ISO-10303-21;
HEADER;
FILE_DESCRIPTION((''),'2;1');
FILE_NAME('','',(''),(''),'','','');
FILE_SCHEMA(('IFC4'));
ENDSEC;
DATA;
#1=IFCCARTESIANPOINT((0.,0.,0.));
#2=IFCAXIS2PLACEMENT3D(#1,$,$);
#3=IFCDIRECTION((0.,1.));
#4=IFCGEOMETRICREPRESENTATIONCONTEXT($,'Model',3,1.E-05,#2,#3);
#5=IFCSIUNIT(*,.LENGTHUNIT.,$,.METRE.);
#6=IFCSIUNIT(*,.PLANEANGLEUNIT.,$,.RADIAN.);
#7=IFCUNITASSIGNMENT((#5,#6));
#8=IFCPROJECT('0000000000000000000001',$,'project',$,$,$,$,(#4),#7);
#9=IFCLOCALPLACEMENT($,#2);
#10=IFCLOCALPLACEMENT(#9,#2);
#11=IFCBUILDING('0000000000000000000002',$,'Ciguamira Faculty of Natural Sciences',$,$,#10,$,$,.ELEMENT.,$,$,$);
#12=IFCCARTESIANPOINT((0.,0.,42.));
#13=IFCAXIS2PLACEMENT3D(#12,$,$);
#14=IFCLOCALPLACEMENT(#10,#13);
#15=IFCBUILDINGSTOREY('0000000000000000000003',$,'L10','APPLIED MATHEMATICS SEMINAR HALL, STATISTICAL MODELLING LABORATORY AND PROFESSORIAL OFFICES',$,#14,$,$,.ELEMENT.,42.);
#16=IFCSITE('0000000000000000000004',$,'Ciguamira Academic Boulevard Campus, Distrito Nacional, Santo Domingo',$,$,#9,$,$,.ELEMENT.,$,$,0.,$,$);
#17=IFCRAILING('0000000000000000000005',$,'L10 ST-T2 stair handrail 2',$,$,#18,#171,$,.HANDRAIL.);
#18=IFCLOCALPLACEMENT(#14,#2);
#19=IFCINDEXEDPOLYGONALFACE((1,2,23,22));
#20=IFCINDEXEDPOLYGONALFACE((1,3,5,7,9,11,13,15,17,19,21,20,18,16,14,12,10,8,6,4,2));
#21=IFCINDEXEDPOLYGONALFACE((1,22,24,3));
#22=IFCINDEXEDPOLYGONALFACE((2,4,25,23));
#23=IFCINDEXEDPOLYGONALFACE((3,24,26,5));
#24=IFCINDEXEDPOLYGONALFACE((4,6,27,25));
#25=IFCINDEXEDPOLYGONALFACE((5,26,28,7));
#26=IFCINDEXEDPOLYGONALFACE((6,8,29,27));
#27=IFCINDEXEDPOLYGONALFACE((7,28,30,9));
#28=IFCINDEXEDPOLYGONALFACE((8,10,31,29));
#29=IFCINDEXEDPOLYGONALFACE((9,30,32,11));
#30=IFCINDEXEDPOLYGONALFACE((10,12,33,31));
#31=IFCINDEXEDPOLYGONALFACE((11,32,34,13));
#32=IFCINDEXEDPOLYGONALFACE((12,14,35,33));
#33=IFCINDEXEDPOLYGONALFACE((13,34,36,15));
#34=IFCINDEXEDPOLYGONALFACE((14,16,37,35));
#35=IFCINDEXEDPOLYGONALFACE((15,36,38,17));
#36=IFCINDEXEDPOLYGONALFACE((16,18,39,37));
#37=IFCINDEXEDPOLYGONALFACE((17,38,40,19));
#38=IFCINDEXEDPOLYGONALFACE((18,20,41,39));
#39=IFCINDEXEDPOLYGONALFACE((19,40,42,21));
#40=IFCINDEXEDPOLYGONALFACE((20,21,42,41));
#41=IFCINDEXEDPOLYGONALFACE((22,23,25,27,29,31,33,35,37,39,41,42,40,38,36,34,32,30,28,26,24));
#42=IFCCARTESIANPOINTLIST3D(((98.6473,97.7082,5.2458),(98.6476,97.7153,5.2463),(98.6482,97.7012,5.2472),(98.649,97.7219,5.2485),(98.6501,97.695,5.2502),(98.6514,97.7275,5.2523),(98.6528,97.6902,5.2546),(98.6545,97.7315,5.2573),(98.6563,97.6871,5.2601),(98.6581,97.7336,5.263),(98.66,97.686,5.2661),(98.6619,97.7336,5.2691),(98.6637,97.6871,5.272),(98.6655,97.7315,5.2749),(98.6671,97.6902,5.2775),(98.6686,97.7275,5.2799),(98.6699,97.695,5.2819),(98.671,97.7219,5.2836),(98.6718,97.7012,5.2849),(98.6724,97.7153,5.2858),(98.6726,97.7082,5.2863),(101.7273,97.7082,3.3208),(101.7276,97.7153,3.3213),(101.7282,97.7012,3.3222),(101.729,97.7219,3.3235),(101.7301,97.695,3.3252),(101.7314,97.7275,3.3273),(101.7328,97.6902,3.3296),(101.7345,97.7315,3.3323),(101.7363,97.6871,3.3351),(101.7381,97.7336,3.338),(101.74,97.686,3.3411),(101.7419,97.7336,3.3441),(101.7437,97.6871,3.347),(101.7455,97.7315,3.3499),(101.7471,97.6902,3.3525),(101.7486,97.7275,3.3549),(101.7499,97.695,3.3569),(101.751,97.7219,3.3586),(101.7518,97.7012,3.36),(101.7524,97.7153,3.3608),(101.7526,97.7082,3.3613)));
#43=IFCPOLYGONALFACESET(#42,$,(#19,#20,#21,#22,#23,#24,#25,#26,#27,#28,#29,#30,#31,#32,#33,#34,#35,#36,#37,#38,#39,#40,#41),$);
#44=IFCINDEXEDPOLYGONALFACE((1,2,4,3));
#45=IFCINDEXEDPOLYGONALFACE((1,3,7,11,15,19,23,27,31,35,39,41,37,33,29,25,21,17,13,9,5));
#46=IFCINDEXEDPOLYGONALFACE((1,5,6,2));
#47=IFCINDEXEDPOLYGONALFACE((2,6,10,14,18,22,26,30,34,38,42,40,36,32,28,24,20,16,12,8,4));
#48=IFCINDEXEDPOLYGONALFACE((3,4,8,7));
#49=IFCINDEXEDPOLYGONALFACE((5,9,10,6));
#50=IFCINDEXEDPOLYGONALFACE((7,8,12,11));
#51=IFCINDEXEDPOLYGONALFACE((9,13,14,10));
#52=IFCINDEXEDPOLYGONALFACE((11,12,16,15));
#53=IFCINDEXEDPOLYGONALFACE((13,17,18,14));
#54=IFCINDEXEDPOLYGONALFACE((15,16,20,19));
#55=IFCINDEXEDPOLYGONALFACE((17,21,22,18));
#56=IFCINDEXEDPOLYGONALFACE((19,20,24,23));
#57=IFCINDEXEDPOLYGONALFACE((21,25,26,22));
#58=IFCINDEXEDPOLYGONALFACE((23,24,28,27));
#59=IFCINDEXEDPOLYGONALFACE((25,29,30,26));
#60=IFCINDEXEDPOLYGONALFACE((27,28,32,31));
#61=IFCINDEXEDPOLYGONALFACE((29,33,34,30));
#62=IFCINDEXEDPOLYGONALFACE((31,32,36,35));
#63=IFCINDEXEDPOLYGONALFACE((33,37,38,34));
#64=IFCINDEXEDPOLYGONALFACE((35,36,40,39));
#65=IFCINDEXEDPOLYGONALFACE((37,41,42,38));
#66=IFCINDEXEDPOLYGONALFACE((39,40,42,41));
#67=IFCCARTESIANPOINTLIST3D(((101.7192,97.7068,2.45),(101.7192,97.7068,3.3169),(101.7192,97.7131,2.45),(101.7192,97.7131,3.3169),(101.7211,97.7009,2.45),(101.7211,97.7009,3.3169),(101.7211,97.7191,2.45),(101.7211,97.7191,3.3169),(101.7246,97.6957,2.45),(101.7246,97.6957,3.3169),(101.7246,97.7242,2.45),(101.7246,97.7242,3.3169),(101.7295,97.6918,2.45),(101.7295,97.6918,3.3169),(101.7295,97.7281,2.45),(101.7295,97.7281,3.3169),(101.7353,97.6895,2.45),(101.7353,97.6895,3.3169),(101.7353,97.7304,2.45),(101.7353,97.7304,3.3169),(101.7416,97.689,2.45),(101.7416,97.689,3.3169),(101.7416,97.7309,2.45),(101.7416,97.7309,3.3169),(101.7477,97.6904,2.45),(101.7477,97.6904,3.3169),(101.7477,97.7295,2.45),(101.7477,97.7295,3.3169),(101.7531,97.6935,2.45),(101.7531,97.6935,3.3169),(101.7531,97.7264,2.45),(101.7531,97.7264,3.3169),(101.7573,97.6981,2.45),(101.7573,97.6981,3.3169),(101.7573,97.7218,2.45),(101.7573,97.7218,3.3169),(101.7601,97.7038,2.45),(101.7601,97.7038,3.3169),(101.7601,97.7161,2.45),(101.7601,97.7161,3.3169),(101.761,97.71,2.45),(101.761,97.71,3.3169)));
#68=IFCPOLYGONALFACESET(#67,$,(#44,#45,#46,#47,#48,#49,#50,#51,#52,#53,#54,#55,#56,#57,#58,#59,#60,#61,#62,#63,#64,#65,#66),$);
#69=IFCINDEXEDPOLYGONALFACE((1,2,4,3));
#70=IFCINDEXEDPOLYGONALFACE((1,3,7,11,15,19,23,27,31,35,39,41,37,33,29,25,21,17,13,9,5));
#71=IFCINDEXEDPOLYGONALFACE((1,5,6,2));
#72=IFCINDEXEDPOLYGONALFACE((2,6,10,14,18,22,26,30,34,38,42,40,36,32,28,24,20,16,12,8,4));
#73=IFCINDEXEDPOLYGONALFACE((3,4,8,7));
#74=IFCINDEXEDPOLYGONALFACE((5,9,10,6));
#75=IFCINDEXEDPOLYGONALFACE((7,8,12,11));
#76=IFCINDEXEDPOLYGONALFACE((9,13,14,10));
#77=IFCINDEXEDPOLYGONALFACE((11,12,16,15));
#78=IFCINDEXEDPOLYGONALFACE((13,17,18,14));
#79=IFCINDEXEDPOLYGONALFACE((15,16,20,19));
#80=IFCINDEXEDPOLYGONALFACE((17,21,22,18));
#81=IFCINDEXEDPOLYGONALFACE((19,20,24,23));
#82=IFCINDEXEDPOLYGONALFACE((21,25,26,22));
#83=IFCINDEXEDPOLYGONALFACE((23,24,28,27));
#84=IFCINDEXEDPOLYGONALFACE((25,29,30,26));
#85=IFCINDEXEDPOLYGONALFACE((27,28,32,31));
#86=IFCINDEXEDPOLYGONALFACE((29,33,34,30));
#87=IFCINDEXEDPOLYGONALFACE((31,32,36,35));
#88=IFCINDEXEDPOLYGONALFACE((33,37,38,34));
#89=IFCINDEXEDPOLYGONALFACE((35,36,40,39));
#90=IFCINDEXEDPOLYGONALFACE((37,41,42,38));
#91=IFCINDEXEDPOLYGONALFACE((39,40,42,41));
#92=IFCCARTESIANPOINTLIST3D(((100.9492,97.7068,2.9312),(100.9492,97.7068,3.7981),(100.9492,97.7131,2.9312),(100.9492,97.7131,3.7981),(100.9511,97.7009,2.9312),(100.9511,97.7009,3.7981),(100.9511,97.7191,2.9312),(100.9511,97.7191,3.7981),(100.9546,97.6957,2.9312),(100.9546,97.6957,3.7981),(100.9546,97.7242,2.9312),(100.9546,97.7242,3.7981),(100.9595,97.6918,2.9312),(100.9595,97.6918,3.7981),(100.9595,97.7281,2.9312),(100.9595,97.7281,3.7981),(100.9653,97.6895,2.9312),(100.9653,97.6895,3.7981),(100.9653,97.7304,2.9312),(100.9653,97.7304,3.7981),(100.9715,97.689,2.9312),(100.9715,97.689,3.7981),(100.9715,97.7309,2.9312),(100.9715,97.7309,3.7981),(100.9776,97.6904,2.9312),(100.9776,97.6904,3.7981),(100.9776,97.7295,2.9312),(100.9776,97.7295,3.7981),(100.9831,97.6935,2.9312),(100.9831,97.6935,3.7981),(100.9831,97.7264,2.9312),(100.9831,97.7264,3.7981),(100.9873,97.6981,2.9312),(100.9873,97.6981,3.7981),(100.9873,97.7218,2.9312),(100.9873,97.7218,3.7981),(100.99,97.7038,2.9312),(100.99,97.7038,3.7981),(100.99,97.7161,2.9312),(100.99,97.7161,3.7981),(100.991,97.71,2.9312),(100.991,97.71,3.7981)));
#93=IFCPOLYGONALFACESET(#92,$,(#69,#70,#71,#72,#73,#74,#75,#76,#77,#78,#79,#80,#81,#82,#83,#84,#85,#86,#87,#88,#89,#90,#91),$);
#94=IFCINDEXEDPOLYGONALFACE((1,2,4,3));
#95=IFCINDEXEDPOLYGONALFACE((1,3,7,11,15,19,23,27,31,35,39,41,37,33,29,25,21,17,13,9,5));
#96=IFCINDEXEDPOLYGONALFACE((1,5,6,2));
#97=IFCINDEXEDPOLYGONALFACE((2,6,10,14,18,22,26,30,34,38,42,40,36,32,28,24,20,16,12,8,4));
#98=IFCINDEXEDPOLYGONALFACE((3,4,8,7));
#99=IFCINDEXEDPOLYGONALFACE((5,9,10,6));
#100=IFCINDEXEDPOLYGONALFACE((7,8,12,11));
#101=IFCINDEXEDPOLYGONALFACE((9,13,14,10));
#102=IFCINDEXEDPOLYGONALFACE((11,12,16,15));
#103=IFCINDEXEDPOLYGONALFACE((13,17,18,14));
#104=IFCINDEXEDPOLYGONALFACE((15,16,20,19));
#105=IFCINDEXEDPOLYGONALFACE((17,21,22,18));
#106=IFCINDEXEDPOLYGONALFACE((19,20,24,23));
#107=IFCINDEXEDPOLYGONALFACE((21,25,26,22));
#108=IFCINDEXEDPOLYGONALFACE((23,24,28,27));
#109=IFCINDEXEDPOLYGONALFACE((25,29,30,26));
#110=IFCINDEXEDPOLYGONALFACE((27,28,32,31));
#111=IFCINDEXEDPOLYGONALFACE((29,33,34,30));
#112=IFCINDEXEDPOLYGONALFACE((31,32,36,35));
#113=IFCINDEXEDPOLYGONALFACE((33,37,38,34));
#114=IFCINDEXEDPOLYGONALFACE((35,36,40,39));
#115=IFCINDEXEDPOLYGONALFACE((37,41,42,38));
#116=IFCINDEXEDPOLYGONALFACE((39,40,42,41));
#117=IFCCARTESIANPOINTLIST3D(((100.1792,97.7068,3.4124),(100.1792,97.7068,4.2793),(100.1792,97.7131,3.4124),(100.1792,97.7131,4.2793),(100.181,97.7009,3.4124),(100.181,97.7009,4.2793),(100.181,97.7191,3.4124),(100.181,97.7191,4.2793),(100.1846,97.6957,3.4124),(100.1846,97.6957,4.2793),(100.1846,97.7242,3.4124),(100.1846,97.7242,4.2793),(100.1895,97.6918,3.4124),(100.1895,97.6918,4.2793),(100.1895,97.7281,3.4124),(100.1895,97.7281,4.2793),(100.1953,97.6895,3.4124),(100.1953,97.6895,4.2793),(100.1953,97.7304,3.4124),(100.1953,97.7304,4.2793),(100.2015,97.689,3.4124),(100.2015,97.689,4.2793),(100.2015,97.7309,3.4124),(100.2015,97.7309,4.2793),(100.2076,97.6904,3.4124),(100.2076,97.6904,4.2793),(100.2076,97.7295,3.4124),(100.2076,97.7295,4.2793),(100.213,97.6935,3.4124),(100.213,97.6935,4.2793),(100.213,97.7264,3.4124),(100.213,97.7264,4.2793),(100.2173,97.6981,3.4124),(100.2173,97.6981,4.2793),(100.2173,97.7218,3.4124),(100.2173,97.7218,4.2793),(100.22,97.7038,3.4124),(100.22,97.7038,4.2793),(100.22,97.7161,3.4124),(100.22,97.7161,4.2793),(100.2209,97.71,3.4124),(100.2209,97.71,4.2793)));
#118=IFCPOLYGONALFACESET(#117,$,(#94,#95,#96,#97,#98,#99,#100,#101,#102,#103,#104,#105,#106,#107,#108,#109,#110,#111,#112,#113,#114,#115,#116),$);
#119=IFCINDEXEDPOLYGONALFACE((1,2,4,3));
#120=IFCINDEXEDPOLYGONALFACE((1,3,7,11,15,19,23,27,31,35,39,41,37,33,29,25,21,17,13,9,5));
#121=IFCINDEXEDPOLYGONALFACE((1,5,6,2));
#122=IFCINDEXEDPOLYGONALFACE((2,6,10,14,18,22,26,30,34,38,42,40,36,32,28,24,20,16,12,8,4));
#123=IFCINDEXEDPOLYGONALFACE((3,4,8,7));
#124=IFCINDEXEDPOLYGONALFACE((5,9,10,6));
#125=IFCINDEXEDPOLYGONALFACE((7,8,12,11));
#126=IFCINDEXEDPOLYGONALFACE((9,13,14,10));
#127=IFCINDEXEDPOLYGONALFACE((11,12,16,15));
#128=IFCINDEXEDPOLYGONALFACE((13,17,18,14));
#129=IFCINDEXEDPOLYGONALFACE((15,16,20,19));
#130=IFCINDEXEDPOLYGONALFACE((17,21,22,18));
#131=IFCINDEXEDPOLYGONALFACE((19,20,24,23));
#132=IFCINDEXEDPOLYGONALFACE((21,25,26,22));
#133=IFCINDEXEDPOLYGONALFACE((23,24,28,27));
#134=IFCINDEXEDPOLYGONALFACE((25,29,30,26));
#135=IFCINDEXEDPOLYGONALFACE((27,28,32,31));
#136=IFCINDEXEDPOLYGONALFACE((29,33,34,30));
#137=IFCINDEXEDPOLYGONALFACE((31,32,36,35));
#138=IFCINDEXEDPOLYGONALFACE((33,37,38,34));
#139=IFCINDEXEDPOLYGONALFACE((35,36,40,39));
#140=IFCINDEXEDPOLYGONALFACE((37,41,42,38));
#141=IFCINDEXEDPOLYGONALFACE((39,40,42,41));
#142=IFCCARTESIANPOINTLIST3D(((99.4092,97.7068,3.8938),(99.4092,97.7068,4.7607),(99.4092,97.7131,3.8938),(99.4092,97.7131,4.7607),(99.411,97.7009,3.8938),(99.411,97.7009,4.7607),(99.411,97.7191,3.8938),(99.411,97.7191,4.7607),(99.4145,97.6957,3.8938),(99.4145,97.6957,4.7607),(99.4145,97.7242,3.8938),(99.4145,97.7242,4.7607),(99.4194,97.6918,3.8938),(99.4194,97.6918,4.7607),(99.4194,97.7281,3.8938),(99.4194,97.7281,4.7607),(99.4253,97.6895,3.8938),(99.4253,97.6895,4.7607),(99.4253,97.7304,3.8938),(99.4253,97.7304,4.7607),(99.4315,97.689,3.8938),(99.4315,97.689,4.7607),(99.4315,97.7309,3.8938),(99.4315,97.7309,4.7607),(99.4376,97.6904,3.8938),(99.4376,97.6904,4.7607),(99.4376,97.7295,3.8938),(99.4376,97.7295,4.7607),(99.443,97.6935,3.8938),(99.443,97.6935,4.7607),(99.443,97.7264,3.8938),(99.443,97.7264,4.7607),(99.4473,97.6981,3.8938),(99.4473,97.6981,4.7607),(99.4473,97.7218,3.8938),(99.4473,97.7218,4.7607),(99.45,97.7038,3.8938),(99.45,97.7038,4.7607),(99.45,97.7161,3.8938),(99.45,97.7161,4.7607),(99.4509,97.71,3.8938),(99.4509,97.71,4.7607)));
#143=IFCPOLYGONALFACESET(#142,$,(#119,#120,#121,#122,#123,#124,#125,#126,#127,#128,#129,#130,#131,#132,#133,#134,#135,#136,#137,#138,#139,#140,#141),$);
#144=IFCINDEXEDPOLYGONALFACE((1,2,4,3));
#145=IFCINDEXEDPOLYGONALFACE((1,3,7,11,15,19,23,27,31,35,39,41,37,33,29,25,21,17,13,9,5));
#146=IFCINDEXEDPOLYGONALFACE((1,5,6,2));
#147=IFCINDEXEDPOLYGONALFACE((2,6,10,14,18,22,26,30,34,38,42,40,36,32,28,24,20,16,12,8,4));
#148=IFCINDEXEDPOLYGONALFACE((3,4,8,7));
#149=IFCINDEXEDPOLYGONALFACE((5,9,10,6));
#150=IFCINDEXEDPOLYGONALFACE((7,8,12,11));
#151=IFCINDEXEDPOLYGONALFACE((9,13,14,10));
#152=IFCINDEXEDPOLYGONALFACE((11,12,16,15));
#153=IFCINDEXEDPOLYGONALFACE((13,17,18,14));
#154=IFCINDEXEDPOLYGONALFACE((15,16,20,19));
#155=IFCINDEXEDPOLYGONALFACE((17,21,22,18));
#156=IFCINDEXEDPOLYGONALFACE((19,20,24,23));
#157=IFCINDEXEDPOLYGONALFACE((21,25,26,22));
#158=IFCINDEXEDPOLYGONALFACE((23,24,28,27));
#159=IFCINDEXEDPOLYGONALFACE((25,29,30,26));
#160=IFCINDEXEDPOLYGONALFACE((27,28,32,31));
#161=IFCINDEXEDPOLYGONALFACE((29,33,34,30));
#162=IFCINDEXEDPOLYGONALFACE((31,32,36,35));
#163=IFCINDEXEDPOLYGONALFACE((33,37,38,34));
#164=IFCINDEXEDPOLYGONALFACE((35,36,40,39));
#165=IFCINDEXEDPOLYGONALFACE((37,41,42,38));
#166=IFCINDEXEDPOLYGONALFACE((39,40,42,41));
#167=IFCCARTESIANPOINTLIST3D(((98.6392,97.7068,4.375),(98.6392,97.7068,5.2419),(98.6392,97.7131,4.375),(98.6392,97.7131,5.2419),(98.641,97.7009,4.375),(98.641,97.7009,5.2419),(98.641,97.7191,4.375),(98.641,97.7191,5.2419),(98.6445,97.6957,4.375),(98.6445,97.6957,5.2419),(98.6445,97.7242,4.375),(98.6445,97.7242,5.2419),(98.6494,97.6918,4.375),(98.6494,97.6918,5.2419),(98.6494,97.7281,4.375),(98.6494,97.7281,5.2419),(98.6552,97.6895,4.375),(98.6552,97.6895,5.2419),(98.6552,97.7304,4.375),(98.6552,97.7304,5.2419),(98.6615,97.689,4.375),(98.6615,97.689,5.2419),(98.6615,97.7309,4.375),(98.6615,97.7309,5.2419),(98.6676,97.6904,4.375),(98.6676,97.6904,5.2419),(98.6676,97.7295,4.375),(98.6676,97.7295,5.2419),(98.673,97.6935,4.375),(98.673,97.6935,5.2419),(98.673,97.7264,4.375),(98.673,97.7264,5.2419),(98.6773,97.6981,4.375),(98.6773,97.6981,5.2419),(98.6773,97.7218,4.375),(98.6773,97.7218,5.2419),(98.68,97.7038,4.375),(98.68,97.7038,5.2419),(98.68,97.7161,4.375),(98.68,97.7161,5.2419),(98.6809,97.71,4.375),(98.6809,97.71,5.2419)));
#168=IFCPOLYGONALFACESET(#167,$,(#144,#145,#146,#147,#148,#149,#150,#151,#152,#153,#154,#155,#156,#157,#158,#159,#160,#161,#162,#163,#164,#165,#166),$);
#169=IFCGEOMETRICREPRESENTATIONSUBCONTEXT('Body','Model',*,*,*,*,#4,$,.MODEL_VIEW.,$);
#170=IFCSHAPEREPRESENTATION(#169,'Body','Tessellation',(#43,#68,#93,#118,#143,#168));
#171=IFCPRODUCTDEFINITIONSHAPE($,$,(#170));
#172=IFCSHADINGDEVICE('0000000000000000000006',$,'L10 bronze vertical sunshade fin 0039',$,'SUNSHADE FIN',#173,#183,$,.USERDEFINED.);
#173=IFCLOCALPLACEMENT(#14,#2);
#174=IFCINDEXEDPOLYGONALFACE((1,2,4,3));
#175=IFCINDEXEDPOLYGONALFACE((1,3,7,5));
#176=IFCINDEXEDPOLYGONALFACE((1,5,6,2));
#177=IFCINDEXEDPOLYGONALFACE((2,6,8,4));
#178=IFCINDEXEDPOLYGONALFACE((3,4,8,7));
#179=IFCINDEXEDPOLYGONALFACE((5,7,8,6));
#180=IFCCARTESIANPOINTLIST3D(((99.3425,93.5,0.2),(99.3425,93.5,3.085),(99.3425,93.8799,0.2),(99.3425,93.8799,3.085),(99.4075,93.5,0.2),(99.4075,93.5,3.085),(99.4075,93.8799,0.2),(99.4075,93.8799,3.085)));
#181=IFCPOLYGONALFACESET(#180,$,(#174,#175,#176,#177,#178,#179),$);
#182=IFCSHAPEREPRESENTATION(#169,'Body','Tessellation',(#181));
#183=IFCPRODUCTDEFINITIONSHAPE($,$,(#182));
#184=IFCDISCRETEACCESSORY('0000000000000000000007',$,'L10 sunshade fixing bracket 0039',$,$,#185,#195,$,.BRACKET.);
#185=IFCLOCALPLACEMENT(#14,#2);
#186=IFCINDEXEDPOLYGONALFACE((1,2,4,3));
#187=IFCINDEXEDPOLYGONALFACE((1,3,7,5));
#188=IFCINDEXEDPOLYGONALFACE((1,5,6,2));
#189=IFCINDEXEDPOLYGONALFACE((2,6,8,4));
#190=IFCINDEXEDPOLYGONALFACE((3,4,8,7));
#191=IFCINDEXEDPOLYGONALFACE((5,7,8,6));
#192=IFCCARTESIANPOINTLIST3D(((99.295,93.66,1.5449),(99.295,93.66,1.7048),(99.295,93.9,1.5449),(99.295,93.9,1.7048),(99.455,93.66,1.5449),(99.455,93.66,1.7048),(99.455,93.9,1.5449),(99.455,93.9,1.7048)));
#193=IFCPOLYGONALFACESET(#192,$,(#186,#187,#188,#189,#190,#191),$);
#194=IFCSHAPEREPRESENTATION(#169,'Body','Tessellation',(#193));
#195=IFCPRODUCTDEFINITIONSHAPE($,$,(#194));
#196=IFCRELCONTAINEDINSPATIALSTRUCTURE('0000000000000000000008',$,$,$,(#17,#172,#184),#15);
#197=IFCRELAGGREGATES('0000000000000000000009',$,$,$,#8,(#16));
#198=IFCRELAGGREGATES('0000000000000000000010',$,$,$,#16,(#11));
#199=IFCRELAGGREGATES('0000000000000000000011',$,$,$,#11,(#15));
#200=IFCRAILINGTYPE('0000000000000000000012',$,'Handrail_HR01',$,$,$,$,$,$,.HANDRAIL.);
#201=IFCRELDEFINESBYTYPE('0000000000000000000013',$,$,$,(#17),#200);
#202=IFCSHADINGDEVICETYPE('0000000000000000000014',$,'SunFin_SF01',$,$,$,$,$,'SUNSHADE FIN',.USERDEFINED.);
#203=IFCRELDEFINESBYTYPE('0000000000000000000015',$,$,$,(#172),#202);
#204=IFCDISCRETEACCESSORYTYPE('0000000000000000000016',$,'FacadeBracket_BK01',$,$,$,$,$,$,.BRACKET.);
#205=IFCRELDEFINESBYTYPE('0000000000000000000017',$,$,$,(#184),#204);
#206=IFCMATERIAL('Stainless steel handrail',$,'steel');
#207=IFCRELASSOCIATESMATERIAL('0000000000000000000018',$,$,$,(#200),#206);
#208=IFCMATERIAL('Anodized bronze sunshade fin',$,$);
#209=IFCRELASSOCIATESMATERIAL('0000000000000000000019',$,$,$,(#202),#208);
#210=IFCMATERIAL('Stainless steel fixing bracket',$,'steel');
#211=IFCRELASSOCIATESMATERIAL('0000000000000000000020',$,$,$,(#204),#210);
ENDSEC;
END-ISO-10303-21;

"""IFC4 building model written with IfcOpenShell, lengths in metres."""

from ifc_helpers import new_model, si_unit, direction, frame, origin, origin_2d, place, context, subcontext, project, spatial, rectangle, circle, extrude, material, material_profile, profile_set, type_object, element, save


model = new_model("IFC4")

# Units and contexts
model_context = context("Model", 3, precision=1e-05, world=origin(), true_north=direction((0.0, 1.0)))
body_context = subcontext(model_context, "Body", "Model", "MODEL_VIEW")
ifc_project = project(units=[si_unit("LENGTHUNIT", "METRE"), si_unit("PLANEANGLEUNIT", "RADIAN")], contexts=[model_context])

# Site, building, storey
site_placement = place(None, origin())
site = spatial("IfcSite", under=ifc_project, at=site_placement, Name="Ciguamira Academic Boulevard Campus, Distrito Nacional, Santo Domingo", CompositionType="ELEMENT", RefElevation=0.0)
building_placement = place(site_placement, origin())
building = spatial("IfcBuilding", under=site, at=building_placement, Name="Ciguamira Faculty of Natural Sciences", CompositionType="ELEMENT")
storey_placement = place(building_placement, frame((0.0, 0.0, 42.0)))
storey = spatial("IfcBuildingStorey", under=building, at=storey_placement, Name="L10", Description="APPLIED MATHEMATICS SEMINAR HALL, STATISTICAL MODELLING LABORATORY AND PROFESSORIAL OFFICES", CompositionType="ELEMENT", Elevation=42.0)

# Railing
ifc_material_1 = material(Name="Stainless steel handrail", Category="steel")
railing_type_1 = type_object("IfcRailingType", Name="Handrail_HR01", PredefinedType="HANDRAIL", material=ifc_material_1)
railing_1_placement = place(storey_placement, frame((101.74, 97.71, 2.45)))
element("IfcRailing", 1, at=railing_1_placement, inside=storey, type_object=railing_type_1, Name="L10 ST-T2 stair handrail 2", PredefinedType="HANDRAIL", context=body_context, shape_type="SweptSolid", body=[
    extrude(circle(Radius=0.0239, at=origin_2d()), frame((0.0, 0.0, 0.8911), z_axis=(-0.847998, 0.0, 0.529999), x_axis=(0.0, -1.0, 0.0)), (0.0, 0.0, 1.0), 3.6321),
    extrude(circle(Radius=0.021, at=origin_2d()), origin(), (0.0, 0.0, 1.0), 0.8669),
    extrude(circle(Radius=0.021, at=origin_2d()), frame((-0.77, 0.0, 0.4812)), (0.0, 0.0, 1.0), 0.8669),
    extrude(circle(Radius=0.021, at=origin_2d()), frame((-1.54, 0.0, 0.9624)), (0.0, 0.0, 1.0), 0.8669),
    extrude(circle(Radius=0.021, at=origin_2d()), frame((-2.3101, 0.0, 1.4438)), (0.0, 0.0, 1.0), 0.8669),
    extrude(circle(Radius=0.021, at=origin_2d()), frame((-3.0801, 0.0, 1.925)), (0.0, 0.0, 1.0), 0.8669),
])

# Shading device
ifc_material_2 = material(Name="Anodized bronze sunshade fin")
ifc_material_profile_1 = material_profile(ifc_material_2, rectangle(XDim=0.0649, YDim=0.3799, at=origin_2d()), Name="BRZ-FIN-65X380")
ifc_profile_set_1 = profile_set([ifc_material_profile_1], Name="Anodized bronze sunshade fin")
shading_device_type = type_object("IfcShadingDeviceType", Name="SunFin_SF01", ElementType="SUNSHADE FIN", PredefinedType="USERDEFINED", material=ifc_profile_set_1)
shading_device_placement = place(storey_placement, frame((99.375, 93.6899, 0.2), z_axis=(0.0, 0.0, 1.0), x_axis=(1.0, 0.0, 0.0)))
element("IfcShadingDevice", 2, at=shading_device_placement, inside=storey, type_object=shading_device_type, Name="L10 bronze vertical sunshade fin 0039", ObjectType="SUNSHADE FIN", PredefinedType="USERDEFINED", context=body_context, shape_type="SweptSolid", body=[
    extrude(rectangle(XDim=0.0649, YDim=0.3799, at=origin_2d()), origin(), (0.0, 0.0, 1.0), 2.885),
])

# Discrete accessory
ifc_material_3 = material(Name="Stainless steel fixing bracket", Category="steel")
discrete_accessory_type = type_object("IfcDiscreteAccessoryType", Name="FacadeBracket_BK01", PredefinedType="BRACKET", material=ifc_material_3)
discrete_accessory_placement = place(storey_placement, frame((99.375, 93.78, 1.5449), z_axis=(0.0, 0.0, 1.0), x_axis=(1.0, 0.0, 0.0)))
element("IfcDiscreteAccessory", 3, at=discrete_accessory_placement, inside=storey, type_object=discrete_accessory_type, Name="L10 sunshade fixing bracket 0039", PredefinedType="BRACKET", context=body_context, shape_type="SweptSolid", body=[
    extrude(rectangle(XDim=0.1599, YDim=0.24, at=origin_2d()), origin(), (0.0, 0.0, 1.0), 0.1599),
])

save(model, "model.ifc")
